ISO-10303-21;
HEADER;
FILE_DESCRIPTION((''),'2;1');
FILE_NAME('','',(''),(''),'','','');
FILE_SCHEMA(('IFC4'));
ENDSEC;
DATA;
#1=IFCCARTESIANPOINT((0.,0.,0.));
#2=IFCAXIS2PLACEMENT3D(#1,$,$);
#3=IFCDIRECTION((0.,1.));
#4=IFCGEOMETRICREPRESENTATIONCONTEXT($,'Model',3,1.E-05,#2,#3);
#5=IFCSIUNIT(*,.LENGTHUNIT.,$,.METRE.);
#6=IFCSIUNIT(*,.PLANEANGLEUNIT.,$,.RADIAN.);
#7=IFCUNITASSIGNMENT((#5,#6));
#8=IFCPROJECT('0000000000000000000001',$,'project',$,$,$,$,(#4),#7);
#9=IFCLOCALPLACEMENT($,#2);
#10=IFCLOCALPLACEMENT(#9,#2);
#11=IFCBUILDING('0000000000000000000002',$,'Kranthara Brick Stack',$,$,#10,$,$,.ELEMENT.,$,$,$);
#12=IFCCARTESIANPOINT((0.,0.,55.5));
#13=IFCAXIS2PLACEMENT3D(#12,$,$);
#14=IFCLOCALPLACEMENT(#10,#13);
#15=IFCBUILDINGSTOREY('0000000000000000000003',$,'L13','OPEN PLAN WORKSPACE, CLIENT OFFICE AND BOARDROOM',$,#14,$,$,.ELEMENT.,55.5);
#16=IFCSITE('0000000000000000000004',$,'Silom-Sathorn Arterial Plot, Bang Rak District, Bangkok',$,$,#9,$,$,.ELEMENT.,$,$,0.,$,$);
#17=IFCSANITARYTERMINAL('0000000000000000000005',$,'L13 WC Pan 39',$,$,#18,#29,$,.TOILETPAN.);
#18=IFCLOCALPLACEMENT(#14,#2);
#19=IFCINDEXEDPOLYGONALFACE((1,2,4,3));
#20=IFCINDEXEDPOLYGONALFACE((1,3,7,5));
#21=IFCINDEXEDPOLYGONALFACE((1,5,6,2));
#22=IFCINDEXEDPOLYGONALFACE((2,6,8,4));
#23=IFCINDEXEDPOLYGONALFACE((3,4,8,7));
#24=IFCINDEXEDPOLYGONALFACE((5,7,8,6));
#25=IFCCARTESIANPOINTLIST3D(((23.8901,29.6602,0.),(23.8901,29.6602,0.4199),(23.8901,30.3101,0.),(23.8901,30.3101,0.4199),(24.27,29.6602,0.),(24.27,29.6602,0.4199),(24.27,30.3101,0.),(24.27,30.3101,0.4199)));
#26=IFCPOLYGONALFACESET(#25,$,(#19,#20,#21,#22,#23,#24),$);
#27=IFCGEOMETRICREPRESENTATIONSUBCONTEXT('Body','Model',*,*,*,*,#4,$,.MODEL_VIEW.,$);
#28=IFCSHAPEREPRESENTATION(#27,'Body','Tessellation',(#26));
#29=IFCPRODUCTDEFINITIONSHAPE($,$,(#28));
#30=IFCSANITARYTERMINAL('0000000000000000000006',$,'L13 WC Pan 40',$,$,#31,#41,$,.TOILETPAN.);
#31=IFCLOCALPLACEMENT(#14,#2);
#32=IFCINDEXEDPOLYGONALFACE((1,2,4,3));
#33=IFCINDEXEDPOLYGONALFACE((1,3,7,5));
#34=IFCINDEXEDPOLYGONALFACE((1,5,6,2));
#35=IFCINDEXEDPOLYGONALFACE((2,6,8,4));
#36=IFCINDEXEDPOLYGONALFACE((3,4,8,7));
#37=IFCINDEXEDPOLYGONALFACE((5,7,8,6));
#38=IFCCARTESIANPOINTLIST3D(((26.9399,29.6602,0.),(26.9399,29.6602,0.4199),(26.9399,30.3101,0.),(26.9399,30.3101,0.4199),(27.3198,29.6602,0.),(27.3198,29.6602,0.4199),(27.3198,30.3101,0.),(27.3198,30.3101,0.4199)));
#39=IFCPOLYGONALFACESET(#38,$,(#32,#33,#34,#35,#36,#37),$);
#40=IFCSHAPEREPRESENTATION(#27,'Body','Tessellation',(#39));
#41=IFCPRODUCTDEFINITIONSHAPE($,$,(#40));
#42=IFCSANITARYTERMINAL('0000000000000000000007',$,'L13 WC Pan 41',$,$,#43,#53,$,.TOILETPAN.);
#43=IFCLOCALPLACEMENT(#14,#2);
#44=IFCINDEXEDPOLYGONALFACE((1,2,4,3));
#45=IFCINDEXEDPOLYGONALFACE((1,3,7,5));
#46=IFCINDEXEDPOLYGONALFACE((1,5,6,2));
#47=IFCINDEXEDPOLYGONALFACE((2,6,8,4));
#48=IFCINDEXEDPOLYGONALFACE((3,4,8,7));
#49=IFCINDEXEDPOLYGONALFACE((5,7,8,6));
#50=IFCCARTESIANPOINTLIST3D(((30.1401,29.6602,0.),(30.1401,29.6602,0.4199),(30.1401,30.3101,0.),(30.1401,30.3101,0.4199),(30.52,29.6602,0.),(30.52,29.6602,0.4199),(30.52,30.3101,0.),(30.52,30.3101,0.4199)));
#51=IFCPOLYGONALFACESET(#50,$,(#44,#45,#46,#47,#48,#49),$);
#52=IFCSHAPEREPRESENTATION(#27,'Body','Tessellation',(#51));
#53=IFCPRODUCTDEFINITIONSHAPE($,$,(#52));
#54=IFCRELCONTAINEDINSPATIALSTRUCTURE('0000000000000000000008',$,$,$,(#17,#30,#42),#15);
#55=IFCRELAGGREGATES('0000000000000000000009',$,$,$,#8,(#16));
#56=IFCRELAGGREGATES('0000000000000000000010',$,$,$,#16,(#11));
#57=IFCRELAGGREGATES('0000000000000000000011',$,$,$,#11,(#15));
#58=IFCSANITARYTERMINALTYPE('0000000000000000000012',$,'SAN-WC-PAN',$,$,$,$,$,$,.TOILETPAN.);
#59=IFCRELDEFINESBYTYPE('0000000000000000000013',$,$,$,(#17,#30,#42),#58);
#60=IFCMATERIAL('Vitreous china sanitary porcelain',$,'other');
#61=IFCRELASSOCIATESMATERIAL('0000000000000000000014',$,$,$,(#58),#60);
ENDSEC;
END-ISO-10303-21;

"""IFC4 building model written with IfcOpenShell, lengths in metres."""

from ifc_helpers import new_model, si_unit, direction, frame, origin, origin_2d, place, context, subcontext, project, spatial, rectangle, extrude, material, type_object, element, save


model = new_model("IFC4")

# Units and contexts
model_context = context("Model", 3, precision=1e-05, world=origin(), true_north=direction((0.0, 1.0)))
body_context = subcontext(model_context, "Body", "Model", "MODEL_VIEW")
ifc_project = project(units=[si_unit("LENGTHUNIT", "METRE"), si_unit("PLANEANGLEUNIT", "RADIAN")], contexts=[model_context])

# Site, building, storey
site_placement = place(None, origin())
site = spatial("IfcSite", under=ifc_project, at=site_placement, Name="Silom-Sathorn Arterial Plot, Bang Rak District, Bangkok", CompositionType="ELEMENT", RefElevation=0.0)
building_placement = place(site_placement, origin())
building = spatial("IfcBuilding", under=site, at=building_placement, Name="Kranthara Brick Stack", CompositionType="ELEMENT")
storey_placement = place(building_placement, frame((0.0, 0.0, 55.5)))
storey = spatial("IfcBuildingStorey", under=building, at=storey_placement, Name="L13", Description="OPEN PLAN WORKSPACE, CLIENT OFFICE AND BOARDROOM", CompositionType="ELEMENT", Elevation=55.5)

# Sanitary terminals
ifc_material_1 = material(Name="Vitreous china sanitary porcelain", Category="other")
sanitary_terminal_type_1 = type_object("IfcSanitaryTerminalType", Name="SAN-WC-PAN", PredefinedType="TOILETPAN", material=ifc_material_1)
for number, where, z_axis, x_axis, name in (
    (1, (24.0801, 29.9851, 0.0), (0.0, 0.0, 1.0), (1.0, 0.0, 0.0), "L13 WC Pan 39"),
    (2, (27.1299, 29.9851, 0.0), (0.0, 0.0, 1.0), (1.0, 0.0, 0.0), "L13 WC Pan 40"),
    (3, (30.3301, 29.9851, 0.0), (0.0, 0.0, 1.0), (1.0, 0.0, 0.0), "L13 WC Pan 41"),
):
    element("IfcSanitaryTerminal", number, at=place(storey_placement, frame(where, z_axis=z_axis, x_axis=x_axis)), inside=storey, type_object=sanitary_terminal_type_1, Name=name, PredefinedType="TOILETPAN", context=body_context, shape_type="SweptSolid", body=[
        extrude(rectangle(XDim=0.3799, YDim=0.6499, at=origin_2d()), origin(), (0.0, 0.0, 1.0), 0.4199),
    ])

save(model, "model.ifc")
